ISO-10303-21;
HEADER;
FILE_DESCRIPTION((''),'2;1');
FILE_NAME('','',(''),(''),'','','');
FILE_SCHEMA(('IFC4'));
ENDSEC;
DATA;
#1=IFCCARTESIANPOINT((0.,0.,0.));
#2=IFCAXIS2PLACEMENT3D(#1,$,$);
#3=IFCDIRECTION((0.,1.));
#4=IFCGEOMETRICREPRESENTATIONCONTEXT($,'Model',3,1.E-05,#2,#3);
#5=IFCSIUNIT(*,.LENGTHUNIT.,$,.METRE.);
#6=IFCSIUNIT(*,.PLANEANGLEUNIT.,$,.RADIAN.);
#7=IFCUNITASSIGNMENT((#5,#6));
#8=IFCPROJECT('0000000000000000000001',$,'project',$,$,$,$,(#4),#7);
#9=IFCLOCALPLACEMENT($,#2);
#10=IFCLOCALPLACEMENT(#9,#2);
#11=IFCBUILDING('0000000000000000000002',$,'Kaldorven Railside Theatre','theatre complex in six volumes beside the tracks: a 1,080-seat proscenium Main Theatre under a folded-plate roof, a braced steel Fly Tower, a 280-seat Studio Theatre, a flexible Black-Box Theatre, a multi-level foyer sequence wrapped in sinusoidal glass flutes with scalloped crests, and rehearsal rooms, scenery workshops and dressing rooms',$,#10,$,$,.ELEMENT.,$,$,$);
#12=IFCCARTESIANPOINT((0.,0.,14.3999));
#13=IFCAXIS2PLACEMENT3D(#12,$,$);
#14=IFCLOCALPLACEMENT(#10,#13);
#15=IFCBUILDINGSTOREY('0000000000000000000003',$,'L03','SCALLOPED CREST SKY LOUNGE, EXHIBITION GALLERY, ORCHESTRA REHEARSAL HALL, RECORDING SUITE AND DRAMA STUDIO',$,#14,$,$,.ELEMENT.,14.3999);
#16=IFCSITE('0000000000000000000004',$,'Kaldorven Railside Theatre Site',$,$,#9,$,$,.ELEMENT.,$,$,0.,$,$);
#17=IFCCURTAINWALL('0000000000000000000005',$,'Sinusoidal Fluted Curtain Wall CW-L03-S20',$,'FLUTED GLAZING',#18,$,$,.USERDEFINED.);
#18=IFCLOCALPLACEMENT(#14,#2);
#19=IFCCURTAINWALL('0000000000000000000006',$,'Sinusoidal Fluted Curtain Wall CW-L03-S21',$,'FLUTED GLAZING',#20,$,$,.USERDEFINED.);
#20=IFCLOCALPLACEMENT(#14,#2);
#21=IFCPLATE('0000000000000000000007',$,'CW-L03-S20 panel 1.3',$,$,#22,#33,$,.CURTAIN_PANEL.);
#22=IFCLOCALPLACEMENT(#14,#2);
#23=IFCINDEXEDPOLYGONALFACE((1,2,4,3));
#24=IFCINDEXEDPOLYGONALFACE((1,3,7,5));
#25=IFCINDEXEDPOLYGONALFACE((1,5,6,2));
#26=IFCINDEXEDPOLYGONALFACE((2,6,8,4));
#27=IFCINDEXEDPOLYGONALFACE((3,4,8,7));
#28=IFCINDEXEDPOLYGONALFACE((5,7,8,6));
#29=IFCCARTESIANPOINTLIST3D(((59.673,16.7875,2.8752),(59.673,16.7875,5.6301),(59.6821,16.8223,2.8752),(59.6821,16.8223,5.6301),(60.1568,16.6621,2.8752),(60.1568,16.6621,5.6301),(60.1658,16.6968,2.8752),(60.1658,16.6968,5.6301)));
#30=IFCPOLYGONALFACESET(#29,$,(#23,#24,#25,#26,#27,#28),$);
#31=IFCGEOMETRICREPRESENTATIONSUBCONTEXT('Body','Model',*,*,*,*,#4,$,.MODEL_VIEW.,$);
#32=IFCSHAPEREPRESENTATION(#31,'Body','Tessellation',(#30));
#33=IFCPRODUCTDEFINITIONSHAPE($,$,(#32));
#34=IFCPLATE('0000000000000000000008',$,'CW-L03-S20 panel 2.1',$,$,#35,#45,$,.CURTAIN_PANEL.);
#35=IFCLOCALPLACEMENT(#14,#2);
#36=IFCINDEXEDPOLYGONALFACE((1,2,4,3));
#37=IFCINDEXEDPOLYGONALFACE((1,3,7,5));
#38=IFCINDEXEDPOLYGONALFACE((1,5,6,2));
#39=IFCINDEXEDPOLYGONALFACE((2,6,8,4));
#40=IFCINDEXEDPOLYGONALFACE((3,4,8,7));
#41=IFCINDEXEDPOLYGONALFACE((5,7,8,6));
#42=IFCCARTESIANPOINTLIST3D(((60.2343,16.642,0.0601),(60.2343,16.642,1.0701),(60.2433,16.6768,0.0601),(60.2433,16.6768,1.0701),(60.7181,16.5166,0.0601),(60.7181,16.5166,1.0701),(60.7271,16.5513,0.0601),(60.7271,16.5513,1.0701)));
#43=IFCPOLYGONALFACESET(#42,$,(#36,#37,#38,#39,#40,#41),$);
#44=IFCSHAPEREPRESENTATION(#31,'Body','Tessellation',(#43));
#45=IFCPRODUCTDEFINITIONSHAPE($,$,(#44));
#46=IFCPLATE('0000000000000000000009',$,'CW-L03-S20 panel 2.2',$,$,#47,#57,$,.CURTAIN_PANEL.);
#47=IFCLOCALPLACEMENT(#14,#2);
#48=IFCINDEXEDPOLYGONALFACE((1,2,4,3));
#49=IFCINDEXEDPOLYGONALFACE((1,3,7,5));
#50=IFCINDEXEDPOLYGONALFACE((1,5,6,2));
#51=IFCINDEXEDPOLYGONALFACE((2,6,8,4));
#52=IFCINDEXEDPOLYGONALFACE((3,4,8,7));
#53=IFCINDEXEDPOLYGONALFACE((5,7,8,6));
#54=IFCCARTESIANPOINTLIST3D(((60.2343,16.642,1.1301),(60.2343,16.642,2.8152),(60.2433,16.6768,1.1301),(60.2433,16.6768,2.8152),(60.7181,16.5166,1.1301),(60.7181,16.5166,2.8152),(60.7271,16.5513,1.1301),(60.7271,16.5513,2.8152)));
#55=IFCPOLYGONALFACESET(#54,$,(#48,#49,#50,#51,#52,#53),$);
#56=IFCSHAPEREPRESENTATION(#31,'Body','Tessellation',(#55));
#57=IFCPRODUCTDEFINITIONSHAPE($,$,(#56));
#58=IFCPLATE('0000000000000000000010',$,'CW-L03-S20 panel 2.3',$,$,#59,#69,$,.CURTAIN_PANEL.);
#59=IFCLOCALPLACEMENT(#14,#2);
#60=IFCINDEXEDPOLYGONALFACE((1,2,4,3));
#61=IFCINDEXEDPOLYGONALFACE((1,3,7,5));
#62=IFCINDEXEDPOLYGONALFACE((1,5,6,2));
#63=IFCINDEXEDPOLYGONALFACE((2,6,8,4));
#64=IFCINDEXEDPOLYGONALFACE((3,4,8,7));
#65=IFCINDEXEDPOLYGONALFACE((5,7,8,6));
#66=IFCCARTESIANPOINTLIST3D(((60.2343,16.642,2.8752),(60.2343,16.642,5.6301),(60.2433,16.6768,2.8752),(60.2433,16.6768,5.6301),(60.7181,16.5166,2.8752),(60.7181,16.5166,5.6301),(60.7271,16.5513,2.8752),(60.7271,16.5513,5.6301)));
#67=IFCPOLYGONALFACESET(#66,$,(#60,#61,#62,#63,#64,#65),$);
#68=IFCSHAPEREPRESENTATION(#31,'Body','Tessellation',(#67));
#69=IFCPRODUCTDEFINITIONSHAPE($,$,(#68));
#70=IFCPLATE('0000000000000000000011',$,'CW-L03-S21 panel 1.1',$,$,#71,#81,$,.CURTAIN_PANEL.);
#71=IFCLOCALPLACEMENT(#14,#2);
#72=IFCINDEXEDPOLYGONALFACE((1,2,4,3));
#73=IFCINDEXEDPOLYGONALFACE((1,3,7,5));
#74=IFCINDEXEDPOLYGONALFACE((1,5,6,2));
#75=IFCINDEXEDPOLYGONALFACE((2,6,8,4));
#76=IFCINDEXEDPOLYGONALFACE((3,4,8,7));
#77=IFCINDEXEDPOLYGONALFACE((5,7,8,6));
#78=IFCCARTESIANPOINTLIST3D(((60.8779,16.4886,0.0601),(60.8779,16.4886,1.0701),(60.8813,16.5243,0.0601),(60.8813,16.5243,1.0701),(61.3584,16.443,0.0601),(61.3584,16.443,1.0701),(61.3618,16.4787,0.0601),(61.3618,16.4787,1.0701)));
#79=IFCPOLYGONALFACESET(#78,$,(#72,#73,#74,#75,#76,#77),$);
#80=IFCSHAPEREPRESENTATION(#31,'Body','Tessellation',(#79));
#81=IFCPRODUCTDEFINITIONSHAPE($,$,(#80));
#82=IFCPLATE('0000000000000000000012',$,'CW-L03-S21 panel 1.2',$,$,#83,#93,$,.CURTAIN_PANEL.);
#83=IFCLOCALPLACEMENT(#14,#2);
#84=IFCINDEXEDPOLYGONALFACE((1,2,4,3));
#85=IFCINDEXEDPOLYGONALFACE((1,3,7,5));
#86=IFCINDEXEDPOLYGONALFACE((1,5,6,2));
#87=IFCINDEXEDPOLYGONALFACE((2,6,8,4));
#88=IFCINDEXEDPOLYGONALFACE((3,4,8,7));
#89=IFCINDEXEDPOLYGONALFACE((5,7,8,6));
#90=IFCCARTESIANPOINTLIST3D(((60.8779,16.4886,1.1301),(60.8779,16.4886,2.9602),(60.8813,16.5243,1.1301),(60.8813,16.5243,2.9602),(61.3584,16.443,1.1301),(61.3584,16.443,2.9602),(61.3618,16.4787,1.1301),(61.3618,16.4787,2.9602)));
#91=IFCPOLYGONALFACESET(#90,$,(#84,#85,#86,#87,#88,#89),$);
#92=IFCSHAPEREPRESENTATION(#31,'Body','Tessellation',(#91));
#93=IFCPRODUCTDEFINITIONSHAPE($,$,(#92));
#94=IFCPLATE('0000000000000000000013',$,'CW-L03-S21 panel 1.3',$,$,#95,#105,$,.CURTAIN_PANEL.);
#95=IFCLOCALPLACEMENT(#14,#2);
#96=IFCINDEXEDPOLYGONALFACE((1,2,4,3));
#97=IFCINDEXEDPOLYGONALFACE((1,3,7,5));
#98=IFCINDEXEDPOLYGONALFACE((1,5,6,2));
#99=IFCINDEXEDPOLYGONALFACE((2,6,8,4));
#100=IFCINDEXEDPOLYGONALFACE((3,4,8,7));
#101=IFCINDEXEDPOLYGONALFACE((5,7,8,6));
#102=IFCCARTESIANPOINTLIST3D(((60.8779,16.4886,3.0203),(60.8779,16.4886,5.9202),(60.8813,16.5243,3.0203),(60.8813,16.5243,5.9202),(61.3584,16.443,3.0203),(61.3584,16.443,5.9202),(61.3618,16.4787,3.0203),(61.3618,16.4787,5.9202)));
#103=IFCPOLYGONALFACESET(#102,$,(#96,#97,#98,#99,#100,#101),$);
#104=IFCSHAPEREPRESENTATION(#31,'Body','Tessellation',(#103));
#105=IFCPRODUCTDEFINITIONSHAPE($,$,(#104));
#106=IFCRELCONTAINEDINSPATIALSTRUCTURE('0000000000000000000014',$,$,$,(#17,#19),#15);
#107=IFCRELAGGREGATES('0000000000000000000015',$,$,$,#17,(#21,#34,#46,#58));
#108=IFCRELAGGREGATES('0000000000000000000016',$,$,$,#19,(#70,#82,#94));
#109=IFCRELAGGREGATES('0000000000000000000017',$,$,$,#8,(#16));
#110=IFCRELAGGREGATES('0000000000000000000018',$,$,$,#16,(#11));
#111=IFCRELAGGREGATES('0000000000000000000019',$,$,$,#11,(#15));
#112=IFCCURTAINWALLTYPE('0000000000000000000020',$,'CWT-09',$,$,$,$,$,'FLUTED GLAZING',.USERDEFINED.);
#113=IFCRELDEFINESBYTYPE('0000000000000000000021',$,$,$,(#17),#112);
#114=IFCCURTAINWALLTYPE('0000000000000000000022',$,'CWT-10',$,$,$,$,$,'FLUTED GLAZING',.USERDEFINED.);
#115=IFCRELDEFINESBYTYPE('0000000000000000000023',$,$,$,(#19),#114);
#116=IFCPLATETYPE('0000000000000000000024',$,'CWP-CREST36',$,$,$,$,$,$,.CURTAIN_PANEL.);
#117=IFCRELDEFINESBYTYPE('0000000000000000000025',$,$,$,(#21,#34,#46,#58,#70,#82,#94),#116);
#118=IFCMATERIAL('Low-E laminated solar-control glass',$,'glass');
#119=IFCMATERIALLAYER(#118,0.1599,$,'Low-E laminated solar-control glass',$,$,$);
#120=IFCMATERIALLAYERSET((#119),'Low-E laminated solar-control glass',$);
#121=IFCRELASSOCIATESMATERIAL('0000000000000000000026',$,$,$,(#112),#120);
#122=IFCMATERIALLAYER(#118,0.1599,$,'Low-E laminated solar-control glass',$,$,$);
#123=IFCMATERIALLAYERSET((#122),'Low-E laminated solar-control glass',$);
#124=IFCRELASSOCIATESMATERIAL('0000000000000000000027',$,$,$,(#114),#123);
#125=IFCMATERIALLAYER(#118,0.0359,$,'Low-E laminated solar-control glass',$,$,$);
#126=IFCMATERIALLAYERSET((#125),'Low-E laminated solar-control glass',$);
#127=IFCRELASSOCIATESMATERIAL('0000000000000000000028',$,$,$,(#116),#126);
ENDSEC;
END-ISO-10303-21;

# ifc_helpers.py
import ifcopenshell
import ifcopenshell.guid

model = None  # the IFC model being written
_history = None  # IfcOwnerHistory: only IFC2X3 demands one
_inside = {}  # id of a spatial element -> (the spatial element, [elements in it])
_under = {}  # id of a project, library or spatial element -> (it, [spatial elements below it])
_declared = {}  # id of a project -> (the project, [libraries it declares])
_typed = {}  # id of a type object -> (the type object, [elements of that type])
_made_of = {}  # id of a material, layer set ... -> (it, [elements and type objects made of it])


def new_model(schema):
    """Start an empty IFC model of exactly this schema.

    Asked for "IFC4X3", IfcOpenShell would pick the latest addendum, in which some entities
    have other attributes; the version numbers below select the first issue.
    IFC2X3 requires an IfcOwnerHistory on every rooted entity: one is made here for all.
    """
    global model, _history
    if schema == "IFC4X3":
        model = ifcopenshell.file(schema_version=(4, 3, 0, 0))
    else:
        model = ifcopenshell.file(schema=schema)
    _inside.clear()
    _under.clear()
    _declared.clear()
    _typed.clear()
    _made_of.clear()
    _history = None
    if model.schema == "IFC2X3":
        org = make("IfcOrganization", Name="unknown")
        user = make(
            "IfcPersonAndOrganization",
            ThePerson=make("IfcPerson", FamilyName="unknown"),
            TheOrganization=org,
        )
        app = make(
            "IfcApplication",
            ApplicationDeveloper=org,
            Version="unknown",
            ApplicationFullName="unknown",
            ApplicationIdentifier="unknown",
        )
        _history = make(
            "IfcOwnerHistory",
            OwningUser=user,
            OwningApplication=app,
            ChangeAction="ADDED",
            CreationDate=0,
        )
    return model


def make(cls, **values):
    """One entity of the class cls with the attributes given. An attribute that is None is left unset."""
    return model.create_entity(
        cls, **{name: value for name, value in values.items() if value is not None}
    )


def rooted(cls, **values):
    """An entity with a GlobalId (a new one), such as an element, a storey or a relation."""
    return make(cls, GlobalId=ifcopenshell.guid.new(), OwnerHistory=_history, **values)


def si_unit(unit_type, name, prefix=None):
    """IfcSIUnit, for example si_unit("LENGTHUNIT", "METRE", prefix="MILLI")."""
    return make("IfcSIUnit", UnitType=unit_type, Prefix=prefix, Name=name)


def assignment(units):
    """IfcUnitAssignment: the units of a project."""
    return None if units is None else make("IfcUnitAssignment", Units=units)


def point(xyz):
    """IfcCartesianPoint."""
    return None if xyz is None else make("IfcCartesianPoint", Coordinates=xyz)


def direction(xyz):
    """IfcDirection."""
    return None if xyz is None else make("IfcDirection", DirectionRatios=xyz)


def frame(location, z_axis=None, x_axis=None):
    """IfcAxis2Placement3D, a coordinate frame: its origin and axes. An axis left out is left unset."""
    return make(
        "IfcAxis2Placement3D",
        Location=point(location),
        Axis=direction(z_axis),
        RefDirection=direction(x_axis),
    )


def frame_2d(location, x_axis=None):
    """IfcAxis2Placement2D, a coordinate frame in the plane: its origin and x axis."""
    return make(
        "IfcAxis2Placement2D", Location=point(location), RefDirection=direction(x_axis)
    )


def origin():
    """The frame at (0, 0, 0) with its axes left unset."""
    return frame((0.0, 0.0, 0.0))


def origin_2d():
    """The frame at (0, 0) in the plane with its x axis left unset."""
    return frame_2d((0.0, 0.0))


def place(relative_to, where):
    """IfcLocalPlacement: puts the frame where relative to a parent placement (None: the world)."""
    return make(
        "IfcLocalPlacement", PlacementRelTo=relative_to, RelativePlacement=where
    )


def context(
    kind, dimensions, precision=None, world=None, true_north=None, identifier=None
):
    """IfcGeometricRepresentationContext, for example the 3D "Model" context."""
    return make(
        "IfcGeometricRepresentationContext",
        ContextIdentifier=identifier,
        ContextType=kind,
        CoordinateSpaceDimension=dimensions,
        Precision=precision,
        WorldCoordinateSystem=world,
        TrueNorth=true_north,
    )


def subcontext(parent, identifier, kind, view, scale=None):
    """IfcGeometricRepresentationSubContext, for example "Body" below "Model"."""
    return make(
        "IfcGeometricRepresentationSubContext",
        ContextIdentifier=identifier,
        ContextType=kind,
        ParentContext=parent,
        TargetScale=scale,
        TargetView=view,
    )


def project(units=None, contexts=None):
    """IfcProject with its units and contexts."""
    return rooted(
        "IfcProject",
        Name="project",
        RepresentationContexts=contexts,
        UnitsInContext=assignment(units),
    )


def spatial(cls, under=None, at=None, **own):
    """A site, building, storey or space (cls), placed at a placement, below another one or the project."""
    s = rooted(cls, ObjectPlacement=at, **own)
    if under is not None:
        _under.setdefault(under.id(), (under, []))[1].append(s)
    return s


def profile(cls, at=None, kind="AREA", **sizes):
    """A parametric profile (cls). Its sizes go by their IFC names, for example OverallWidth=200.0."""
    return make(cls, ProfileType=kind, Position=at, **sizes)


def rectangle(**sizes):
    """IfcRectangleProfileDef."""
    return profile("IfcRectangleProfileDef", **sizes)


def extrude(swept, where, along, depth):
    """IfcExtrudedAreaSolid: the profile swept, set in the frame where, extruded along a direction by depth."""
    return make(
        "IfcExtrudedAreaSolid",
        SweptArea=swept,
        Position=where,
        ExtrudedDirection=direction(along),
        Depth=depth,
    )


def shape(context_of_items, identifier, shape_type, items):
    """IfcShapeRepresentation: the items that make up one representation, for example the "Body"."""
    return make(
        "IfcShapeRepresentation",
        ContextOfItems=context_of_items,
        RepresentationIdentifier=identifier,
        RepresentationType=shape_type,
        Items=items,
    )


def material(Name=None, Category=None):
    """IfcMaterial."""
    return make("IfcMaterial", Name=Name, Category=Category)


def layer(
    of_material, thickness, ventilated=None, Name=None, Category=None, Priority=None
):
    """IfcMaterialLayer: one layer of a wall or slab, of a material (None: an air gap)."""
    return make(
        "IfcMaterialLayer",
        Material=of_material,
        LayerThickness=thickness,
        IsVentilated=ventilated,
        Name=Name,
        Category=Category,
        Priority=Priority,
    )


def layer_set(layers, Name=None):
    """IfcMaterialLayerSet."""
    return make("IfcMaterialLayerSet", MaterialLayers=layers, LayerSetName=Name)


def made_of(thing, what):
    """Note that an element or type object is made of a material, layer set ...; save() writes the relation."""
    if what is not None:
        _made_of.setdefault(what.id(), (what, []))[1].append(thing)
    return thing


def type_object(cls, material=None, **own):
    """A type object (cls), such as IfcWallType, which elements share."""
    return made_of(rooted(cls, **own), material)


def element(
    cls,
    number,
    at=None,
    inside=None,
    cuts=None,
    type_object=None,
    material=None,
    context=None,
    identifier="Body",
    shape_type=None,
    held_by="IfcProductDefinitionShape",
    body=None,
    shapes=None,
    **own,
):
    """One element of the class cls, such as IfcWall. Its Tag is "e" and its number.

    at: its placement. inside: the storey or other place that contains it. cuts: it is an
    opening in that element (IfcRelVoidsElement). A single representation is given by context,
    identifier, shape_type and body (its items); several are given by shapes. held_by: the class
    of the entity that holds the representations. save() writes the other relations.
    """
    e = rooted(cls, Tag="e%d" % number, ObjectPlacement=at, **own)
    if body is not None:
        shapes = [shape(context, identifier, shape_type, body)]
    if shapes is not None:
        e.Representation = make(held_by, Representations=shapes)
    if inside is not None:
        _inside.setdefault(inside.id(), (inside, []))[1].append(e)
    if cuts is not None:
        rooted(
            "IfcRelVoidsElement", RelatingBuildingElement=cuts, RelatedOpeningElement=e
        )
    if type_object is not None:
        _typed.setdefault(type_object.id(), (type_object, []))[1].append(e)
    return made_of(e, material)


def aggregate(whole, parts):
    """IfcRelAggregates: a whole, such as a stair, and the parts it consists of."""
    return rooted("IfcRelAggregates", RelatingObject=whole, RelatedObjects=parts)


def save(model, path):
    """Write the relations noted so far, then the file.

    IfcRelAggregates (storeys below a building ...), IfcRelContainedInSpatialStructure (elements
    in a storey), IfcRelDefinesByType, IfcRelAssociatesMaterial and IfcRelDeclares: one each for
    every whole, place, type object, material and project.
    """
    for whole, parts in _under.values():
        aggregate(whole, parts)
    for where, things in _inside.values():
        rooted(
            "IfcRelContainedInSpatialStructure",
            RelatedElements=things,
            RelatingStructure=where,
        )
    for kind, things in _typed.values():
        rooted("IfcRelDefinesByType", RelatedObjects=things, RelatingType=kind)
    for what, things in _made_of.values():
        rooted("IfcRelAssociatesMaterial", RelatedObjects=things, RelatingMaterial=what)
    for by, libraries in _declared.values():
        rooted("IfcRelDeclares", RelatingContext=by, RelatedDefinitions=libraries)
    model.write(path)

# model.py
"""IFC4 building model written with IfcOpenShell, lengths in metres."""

from ifc_helpers import new_model, si_unit, direction, frame, origin, origin_2d, place, context, subcontext, project, spatial, rectangle, extrude, material, layer, layer_set, type_object, element, aggregate, save


model = new_model("IFC4")

# Units and contexts
model_context = context("Model", 3, precision=1e-05, world=origin(), true_north=direction((0.0, 1.0)))
body_context = subcontext(model_context, "Body", "Model", "MODEL_VIEW")
ifc_project = project(units=[si_unit("LENGTHUNIT", "METRE"), si_unit("PLANEANGLEUNIT", "RADIAN")], contexts=[model_context])

# Site, building, storey
site_placement = place(None, origin())
site = spatial("IfcSite", under=ifc_project, at=site_placement, Name="Kaldorven Railside Theatre Site", CompositionType="ELEMENT", RefElevation=0.0)
building_placement = place(site_placement, origin())
building = spatial("IfcBuilding", under=site, at=building_placement, Name="Kaldorven Railside Theatre", Description="theatre complex in six volumes beside the tracks: a 1,080-seat proscenium Main Theatre under a folded-plate roof, a braced steel Fly Tower, a 280-seat Studio Theatre, a flexible Black-Box Theatre, a multi-level foyer sequence wrapped in sinusoidal glass flutes with scalloped crests, and rehearsal rooms, scenery workshops and dressing rooms", CompositionType="ELEMENT")
storey_placement = place(building_placement, frame((0.0, 0.0, 14.3999)))
storey = spatial("IfcBuildingStorey", under=building, at=storey_placement, Name="L03", Description="SCALLOPED CREST SKY LOUNGE, EXHIBITION GALLERY, ORCHESTRA REHEARSAL HALL, RECORDING SUITE AND DRAMA STUDIO", CompositionType="ELEMENT", Elevation=14.3999)

# Shared definitions
ifc_material_1 = material(Name="Low-E laminated solar-control glass", Category="glass")

# Curtain wall
ifc_layer_1 = layer(ifc_material_1, 0.1599, Name="Low-E laminated solar-control glass")
ifc_layer_set_1 = layer_set([ifc_layer_1], Name="Low-E laminated solar-control glass")
curtain_wall_type_1 = type_object("IfcCurtainWallType", Name="CWT-09", ElementType="FLUTED GLAZING", PredefinedType="USERDEFINED", material=ifc_layer_set_1)
curtain_wall_1_placement = place(storey_placement, origin())
curtain_wall_1 = element("IfcCurtainWall", 1, at=curtain_wall_1_placement, inside=storey, type_object=curtain_wall_type_1, Name="Sinusoidal Fluted Curtain Wall CW-L03-S20", ObjectType="FLUTED GLAZING", PredefinedType="USERDEFINED")

# Curtain wall
ifc_layer_2 = layer(ifc_material_1, 0.1599, Name="Low-E laminated solar-control glass")
ifc_layer_set_2 = layer_set([ifc_layer_2], Name="Low-E laminated solar-control glass")
curtain_wall_type_2 = type_object("IfcCurtainWallType", Name="CWT-10", ElementType="FLUTED GLAZING", PredefinedType="USERDEFINED", material=ifc_layer_set_2)
curtain_wall_2_placement = place(storey_placement, origin())
curtain_wall_2 = element("IfcCurtainWall", 2, at=curtain_wall_2_placement, inside=storey, type_object=curtain_wall_type_2, Name="Sinusoidal Fluted Curtain Wall CW-L03-S21", ObjectType="FLUTED GLAZING", PredefinedType="USERDEFINED")

# Plates
ifc_layer_3 = layer(ifc_material_1, 0.0359, Name="Low-E laminated solar-control glass")
ifc_layer_set_3 = layer_set([ifc_layer_3], Name="Low-E laminated solar-control glass")
plate_type = type_object("IfcPlateType", Name="CWP-CREST36", PredefinedType="CURTAIN_PANEL", material=ifc_layer_set_3)
plate_1_placement = place(storey_placement, frame((59.9194, 16.7422, 2.8752), z_axis=(0.0, 0.0, 1.0), x_axis=(0.967999, -0.250954, 0.0)))
plate_1 = element("IfcPlate", 3, at=plate_1_placement, type_object=plate_type, Name="CW-L03-S20 panel 1.3", PredefinedType="CURTAIN_PANEL", context=body_context, shape_type="SweptSolid", body=[
    extrude(rectangle(XDim=0.4998, YDim=0.0359, at=origin_2d()), origin(), (0.0, 0.0, 1.0), 2.7549),
])
plate_2_placement = place(storey_placement, frame((60.4807, 16.5967, 0.0601), z_axis=(0.0, 0.0, 1.0), x_axis=(0.967999, -0.250954, 0.0)))
plate_2 = element("IfcPlate", 4, at=plate_2_placement, type_object=plate_type, Name="CW-L03-S20 panel 2.1", PredefinedType="CURTAIN_PANEL", context=body_context, shape_type="SweptSolid", body=[
    extrude(rectangle(XDim=0.4998, YDim=0.0359, at=origin_2d()), origin(), (0.0, 0.0, 1.0), 1.01),
])
plate_3_placement = place(storey_placement, frame((60.4807, 16.5967, 1.1301), z_axis=(0.0, 0.0, 1.0), x_axis=(0.967999, -0.250954, 0.0)))
plate_3 = element("IfcPlate", 5, at=plate_3_placement, type_object=plate_type, Name="CW-L03-S20 panel 2.2", PredefinedType="CURTAIN_PANEL", context=body_context, shape_type="SweptSolid", body=[
    extrude(rectangle(XDim=0.4998, YDim=0.0359, at=origin_2d()), origin(), (0.0, 0.0, 1.0), 1.6851),
])
plate_4_placement = place(storey_placement, frame((60.4807, 16.5967, 2.8752), z_axis=(0.0, 0.0, 1.0), x_axis=(0.967999, -0.250954, 0.0)))
plate_4 = element("IfcPlate", 6, at=plate_4_placement, type_object=plate_type, Name="CW-L03-S20 panel 2.3", PredefinedType="CURTAIN_PANEL", context=body_context, shape_type="SweptSolid", body=[
    extrude(rectangle(XDim=0.4998, YDim=0.0359, at=origin_2d()), origin(), (0.0, 0.0, 1.0), 2.7549),
])
aggregate(curtain_wall_1, [plate_1, plate_2, plate_3, plate_4])
plate_5_placement = place(storey_placement, frame((61.1199, 16.4836, 0.0601), z_axis=(0.0, 0.0, 1.0), x_axis=(0.995526, -0.094492, 0.0)))
plate_5 = element("IfcPlate", 7, at=plate_5_placement, type_object=plate_type, Name="CW-L03-S21 panel 1.1", PredefinedType="CURTAIN_PANEL", context=body_context, shape_type="SweptSolid", body=[
    extrude(rectangle(XDim=0.4827, YDim=0.0359, at=origin_2d()), origin(), (0.0, 0.0, 1.0), 1.01),
])
plate_6_placement = place(storey_placement, frame((61.1199, 16.4836, 1.1301), z_axis=(0.0, 0.0, 1.0), x_axis=(0.995526, -0.094492, 0.0)))
plate_6 = element("IfcPlate", 8, at=plate_6_placement, type_object=plate_type, Name="CW-L03-S21 panel 1.2", PredefinedType="CURTAIN_PANEL", context=body_context, shape_type="SweptSolid", body=[
    extrude(rectangle(XDim=0.4827, YDim=0.0359, at=origin_2d()), origin(), (0.0, 0.0, 1.0), 1.8301),
])
plate_7_placement = place(storey_placement, frame((61.1199, 16.4836, 3.0203), z_axis=(0.0, 0.0, 1.0), x_axis=(0.995526, -0.094492, 0.0)))
plate_7 = element("IfcPlate", 9, at=plate_7_placement, type_object=plate_type, Name="CW-L03-S21 panel 1.3", PredefinedType="CURTAIN_PANEL", context=body_context, shape_type="SweptSolid", body=[
    extrude(rectangle(XDim=0.4827, YDim=0.0359, at=origin_2d()), origin(), (0.0, 0.0, 1.0), 2.8999),
])
aggregate(curtain_wall_2, [plate_5, plate_6, plate_7])

save(model, "model.ifc")
